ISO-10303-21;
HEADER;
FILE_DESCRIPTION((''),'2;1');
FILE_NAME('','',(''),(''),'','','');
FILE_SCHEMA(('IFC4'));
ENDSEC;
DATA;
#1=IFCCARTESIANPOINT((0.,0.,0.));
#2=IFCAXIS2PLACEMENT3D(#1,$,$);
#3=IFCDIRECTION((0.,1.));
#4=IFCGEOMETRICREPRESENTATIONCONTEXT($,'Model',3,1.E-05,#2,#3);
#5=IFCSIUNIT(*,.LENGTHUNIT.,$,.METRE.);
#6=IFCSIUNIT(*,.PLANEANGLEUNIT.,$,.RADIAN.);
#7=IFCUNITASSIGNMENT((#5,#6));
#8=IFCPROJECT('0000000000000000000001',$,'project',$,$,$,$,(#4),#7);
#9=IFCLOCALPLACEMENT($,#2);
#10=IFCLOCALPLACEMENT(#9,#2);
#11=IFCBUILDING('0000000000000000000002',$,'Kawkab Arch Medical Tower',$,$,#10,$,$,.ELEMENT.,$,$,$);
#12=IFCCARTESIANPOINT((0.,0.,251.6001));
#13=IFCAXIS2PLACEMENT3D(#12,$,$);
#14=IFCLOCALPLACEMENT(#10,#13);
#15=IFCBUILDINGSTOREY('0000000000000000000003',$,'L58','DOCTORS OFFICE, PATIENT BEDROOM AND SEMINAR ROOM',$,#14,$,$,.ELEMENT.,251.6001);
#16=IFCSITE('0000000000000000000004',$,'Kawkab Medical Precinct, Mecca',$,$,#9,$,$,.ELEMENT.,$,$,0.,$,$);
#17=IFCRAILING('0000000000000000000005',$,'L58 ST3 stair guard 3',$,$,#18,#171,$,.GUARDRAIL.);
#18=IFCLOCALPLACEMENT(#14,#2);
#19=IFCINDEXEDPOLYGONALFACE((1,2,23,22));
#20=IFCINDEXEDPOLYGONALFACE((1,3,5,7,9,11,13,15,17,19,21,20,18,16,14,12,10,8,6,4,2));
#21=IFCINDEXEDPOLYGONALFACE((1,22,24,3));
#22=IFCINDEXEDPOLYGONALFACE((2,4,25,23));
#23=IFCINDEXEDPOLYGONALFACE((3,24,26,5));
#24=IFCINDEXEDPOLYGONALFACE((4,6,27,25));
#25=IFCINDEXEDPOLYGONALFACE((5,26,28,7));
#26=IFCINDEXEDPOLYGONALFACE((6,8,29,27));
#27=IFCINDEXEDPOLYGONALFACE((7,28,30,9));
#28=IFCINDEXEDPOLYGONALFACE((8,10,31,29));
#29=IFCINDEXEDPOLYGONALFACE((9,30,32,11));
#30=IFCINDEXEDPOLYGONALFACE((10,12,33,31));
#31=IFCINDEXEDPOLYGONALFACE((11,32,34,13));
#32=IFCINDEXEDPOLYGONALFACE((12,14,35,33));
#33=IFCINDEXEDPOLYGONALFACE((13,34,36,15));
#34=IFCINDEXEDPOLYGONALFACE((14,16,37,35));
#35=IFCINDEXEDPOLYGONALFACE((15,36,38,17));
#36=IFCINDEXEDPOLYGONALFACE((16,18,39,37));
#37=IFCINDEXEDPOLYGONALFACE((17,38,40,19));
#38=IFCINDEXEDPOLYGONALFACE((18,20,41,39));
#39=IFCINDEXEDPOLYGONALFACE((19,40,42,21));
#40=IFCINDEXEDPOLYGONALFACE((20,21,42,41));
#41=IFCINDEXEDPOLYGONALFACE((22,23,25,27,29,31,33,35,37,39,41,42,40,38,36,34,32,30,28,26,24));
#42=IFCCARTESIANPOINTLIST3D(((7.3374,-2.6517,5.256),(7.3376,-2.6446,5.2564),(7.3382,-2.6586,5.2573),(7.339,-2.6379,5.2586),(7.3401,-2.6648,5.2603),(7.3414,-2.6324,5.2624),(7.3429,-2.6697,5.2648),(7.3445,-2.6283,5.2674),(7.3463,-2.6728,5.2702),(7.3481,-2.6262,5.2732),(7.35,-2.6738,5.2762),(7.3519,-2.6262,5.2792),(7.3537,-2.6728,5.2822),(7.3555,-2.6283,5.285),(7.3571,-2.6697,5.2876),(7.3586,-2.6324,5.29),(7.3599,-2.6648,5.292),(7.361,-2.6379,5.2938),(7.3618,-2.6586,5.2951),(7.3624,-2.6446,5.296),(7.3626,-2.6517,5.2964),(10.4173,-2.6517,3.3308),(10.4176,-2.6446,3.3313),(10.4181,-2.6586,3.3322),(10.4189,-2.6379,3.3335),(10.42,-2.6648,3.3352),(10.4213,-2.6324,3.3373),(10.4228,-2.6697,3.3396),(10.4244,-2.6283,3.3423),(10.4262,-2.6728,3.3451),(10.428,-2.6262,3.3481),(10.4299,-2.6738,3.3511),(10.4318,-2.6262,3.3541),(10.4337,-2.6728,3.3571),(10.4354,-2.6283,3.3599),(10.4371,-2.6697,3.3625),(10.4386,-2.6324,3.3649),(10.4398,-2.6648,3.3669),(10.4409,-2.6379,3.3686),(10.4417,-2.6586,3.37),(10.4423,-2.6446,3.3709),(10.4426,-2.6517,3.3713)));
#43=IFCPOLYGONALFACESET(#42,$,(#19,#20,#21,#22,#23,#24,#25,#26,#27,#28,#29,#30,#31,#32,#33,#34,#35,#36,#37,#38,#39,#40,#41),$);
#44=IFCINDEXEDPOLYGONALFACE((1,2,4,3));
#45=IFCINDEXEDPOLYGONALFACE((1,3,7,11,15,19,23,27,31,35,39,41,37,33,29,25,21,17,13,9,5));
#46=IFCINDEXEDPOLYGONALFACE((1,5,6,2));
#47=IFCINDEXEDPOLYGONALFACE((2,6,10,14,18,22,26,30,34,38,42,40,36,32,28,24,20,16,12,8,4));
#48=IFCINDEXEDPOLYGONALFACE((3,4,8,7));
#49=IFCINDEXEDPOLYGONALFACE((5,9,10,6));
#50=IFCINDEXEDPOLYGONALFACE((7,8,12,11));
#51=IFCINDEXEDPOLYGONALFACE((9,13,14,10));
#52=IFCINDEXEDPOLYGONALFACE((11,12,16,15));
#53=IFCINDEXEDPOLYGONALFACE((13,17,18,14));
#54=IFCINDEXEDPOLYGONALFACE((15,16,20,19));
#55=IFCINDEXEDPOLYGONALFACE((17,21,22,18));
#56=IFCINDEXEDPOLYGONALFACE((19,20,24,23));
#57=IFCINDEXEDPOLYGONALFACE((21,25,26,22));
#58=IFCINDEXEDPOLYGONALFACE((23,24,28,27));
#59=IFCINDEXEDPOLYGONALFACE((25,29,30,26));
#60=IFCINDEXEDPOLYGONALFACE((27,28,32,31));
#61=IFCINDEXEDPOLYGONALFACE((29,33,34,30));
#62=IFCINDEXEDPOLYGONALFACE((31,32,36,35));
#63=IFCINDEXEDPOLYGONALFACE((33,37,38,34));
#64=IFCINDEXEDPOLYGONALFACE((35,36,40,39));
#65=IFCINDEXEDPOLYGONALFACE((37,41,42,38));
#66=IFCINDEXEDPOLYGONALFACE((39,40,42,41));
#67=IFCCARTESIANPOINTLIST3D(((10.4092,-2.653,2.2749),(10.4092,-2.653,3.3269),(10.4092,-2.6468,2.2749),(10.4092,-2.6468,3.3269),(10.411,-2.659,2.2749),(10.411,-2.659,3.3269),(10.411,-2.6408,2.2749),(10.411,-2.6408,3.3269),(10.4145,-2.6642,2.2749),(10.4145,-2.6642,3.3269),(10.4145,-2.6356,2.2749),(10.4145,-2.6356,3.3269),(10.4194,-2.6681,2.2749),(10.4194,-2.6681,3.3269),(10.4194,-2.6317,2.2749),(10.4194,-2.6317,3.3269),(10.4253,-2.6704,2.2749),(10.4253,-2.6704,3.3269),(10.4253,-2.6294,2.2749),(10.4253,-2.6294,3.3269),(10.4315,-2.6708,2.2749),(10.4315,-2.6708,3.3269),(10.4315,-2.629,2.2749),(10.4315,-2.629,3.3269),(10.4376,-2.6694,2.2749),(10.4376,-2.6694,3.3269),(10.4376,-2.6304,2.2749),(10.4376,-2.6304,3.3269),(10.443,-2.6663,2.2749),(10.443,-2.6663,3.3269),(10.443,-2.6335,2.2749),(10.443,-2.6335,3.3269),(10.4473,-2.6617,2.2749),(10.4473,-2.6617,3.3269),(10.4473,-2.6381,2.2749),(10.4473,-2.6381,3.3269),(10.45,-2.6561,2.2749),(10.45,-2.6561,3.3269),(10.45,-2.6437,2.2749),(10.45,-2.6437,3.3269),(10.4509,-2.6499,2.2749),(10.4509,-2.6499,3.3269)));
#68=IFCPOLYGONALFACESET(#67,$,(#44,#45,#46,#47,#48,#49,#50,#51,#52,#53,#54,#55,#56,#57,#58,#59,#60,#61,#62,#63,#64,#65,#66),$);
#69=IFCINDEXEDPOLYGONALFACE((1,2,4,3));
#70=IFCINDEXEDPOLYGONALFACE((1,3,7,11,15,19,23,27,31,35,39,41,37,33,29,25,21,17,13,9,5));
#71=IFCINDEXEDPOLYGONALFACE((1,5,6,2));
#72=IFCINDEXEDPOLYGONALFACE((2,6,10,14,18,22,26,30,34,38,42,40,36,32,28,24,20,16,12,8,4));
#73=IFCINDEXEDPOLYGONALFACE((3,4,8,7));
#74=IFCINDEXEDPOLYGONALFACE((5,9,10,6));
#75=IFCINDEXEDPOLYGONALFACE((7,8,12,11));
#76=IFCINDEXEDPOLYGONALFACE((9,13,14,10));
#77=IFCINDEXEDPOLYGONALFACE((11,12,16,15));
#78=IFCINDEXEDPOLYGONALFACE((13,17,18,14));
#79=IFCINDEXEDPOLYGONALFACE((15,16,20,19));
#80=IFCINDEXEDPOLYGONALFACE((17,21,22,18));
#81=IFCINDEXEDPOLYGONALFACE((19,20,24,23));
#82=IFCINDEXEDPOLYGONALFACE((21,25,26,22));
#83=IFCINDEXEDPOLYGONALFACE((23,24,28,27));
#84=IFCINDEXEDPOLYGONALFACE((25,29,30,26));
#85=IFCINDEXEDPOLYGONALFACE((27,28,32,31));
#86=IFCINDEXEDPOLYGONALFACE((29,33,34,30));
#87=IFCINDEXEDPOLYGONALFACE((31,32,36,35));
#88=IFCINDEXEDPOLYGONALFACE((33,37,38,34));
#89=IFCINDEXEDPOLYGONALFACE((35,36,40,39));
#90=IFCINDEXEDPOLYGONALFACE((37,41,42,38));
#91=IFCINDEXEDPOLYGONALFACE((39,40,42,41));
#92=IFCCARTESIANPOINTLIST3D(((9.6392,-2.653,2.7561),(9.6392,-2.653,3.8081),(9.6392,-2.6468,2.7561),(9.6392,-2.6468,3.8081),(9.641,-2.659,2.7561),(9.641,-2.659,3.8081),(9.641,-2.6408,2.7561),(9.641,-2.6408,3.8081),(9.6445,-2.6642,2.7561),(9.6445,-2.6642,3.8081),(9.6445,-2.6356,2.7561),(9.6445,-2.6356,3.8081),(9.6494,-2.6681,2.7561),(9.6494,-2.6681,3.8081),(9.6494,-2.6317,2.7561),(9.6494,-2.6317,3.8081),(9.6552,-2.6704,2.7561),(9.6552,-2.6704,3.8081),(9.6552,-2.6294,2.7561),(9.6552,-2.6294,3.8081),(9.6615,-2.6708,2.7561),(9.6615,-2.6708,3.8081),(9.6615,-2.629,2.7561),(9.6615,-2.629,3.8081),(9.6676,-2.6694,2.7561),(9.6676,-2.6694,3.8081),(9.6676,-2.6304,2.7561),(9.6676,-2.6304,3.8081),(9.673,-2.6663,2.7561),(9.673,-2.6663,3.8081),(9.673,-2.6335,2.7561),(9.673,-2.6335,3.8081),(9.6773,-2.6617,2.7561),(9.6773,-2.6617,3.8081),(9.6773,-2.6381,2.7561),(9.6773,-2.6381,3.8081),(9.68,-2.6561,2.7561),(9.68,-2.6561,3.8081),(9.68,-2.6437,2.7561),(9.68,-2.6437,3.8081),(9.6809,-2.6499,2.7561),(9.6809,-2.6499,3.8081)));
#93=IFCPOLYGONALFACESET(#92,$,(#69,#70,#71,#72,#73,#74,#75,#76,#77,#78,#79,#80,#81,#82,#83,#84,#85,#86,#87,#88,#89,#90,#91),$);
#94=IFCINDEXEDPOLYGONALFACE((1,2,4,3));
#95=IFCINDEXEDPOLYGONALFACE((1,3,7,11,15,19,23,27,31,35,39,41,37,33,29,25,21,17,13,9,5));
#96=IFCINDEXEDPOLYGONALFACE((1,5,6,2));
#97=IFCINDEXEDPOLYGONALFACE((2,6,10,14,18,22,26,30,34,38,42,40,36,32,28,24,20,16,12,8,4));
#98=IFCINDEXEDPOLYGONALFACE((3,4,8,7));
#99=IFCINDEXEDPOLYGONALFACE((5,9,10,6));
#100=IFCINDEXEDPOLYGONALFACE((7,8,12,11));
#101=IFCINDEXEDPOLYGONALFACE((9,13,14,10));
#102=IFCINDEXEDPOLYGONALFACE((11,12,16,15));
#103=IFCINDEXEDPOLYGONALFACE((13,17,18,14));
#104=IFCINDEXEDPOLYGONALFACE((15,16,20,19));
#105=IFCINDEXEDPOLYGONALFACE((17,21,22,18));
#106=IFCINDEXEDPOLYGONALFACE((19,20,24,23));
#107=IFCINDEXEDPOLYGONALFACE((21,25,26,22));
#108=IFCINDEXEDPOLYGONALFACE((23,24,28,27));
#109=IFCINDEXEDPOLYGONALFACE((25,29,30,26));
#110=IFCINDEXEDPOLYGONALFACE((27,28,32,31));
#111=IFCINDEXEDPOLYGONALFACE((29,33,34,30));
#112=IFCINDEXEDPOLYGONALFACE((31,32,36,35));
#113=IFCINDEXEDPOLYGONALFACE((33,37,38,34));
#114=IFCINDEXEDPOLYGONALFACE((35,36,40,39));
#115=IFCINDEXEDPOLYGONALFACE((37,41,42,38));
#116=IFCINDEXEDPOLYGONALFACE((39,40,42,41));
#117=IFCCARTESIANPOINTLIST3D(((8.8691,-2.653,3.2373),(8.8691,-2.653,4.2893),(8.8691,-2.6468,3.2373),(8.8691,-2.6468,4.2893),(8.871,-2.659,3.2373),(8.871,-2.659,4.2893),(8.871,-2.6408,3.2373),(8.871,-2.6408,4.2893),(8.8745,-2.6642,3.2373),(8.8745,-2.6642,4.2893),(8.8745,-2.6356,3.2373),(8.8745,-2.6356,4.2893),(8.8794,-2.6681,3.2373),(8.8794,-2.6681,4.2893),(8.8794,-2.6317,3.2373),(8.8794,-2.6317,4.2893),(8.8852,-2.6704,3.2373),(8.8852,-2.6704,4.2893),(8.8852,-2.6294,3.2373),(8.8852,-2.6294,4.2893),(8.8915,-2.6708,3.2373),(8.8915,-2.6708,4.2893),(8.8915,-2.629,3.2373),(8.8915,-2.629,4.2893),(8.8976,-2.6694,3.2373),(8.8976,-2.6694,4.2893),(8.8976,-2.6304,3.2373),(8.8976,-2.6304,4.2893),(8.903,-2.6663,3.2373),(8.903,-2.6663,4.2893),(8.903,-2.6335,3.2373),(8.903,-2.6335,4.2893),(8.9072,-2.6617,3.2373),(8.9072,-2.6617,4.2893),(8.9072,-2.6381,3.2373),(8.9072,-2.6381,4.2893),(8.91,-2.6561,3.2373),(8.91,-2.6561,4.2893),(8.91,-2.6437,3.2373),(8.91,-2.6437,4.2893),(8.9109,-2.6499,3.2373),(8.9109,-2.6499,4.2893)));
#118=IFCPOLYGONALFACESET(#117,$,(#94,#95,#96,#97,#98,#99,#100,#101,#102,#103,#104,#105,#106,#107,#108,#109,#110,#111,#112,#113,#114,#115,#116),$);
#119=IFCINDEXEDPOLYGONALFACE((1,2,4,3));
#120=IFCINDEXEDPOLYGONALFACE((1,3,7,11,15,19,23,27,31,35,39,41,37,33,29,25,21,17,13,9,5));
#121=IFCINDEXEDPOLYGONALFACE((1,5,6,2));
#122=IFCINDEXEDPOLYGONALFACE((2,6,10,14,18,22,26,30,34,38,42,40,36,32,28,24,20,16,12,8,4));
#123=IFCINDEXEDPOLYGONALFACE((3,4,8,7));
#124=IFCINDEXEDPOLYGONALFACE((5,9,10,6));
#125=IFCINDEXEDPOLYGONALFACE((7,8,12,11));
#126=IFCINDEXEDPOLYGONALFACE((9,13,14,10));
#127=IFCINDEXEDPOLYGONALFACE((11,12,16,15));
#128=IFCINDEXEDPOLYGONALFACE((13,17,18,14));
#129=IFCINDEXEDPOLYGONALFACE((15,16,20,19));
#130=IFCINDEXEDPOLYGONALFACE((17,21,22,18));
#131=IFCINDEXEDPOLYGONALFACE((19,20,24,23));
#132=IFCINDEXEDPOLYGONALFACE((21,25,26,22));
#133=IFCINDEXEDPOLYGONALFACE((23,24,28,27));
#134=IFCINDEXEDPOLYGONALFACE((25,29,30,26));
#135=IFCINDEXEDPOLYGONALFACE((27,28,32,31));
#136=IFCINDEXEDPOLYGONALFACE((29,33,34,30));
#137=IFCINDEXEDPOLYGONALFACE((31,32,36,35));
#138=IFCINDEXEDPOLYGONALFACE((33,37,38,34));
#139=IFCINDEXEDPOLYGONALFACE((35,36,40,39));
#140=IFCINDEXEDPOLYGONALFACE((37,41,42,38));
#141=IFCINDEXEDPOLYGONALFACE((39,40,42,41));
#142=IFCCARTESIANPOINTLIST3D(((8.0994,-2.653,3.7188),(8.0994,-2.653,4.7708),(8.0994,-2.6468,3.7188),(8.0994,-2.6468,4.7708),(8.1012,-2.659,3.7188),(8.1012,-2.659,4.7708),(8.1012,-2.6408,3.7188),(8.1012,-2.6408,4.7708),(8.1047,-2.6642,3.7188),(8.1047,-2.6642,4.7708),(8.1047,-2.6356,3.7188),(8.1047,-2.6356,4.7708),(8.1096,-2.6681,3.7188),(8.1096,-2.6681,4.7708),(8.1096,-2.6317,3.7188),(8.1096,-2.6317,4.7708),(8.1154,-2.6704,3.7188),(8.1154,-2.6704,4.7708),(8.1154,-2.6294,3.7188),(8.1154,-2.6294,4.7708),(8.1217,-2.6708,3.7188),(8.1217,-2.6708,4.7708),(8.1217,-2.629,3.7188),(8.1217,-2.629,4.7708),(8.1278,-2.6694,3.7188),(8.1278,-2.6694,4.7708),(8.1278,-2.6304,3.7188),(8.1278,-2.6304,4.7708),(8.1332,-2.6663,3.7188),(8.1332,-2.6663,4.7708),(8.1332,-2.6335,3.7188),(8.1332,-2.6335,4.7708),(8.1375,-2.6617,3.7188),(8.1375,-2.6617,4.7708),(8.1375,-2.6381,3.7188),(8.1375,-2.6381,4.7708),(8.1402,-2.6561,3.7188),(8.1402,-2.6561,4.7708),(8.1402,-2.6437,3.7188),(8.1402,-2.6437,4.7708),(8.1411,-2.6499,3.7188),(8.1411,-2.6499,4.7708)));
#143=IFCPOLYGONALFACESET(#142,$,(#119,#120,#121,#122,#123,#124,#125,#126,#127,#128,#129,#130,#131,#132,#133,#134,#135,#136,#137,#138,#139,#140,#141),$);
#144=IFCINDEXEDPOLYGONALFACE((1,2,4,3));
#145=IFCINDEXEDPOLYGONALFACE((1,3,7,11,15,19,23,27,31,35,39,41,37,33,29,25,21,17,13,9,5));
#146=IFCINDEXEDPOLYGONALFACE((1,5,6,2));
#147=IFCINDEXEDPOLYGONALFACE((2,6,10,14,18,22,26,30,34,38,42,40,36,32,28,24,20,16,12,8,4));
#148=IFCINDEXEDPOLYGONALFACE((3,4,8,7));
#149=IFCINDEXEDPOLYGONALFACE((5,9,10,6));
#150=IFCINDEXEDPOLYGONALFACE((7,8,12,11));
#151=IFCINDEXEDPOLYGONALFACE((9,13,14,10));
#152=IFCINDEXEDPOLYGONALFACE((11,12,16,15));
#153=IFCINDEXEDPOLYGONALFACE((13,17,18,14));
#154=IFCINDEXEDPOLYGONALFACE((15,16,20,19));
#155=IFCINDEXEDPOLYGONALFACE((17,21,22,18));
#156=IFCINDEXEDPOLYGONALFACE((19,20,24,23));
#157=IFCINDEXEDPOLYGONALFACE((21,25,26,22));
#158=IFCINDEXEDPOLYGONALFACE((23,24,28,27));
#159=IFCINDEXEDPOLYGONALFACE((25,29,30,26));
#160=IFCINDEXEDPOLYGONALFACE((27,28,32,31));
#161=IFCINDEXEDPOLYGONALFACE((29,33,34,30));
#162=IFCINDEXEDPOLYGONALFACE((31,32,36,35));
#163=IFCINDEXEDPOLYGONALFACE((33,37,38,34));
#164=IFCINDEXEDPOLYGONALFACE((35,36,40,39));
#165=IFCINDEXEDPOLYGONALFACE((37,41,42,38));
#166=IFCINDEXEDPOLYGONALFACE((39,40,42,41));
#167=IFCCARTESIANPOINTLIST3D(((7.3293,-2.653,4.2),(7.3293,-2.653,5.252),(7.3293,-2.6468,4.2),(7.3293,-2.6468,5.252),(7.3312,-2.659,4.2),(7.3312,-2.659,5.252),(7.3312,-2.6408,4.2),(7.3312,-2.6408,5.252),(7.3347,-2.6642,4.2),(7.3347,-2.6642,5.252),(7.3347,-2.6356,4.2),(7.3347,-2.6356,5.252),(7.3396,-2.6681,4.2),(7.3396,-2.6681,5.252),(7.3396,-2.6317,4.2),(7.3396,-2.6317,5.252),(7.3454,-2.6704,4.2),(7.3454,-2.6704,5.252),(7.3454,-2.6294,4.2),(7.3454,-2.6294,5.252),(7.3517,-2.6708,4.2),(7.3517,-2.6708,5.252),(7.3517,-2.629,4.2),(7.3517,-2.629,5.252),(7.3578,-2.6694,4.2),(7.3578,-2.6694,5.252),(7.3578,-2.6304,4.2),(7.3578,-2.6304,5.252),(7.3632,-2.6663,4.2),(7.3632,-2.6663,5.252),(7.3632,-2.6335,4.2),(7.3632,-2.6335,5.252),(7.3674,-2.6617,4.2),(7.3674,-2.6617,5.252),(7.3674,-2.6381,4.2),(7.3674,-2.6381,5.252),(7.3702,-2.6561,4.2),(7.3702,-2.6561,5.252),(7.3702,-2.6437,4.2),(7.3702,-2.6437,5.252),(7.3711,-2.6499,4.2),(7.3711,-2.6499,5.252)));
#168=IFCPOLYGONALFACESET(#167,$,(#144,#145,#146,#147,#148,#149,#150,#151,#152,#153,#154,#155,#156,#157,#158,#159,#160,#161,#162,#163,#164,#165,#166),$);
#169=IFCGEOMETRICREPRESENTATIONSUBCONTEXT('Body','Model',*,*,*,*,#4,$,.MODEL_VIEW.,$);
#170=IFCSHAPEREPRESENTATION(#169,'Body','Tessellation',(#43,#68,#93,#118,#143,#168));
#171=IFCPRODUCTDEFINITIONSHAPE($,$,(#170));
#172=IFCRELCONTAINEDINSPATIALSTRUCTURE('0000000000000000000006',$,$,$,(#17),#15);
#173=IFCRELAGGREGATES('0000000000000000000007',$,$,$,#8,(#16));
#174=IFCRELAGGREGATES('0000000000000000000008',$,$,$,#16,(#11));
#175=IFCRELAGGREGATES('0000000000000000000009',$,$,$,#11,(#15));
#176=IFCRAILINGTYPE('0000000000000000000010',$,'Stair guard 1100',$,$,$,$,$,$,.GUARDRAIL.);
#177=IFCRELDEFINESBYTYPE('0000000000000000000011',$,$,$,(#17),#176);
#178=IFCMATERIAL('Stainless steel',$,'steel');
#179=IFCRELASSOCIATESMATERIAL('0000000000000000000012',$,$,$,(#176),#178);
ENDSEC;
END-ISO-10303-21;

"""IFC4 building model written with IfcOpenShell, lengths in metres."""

from ifc_helpers import new_model, si_unit, direction, frame, origin, origin_2d, place, context, subcontext, project, spatial, circle, extrude, material, type_object, element, save


model = new_model("IFC4")

# Units and contexts
model_context = context("Model", 3, precision=1e-05, world=origin(), true_north=direction((0.0, 1.0)))
body_context = subcontext(model_context, "Body", "Model", "MODEL_VIEW")
ifc_project = project(units=[si_unit("LENGTHUNIT", "METRE"), si_unit("PLANEANGLEUNIT", "RADIAN")], contexts=[model_context])

# Site, building, storey
site_placement = place(None, origin())
site = spatial("IfcSite", under=ifc_project, at=site_placement, Name="Kawkab Medical Precinct, Mecca", CompositionType="ELEMENT", RefElevation=0.0)
building_placement = place(site_placement, origin())
building = spatial("IfcBuilding", under=site, at=building_placement, Name="Kawkab Arch Medical Tower", CompositionType="ELEMENT")
storey_placement = place(building_placement, frame((0.0, 0.0, 251.6001)))
storey = spatial("IfcBuildingStorey", under=building, at=storey_placement, Name="L58", Description="DOCTORS OFFICE, PATIENT BEDROOM AND SEMINAR ROOM", CompositionType="ELEMENT", Elevation=251.6001)

# Railing
ifc_material_1 = material(Name="Stainless steel", Category="steel")
railing_type_1 = type_object("IfcRailingType", Name="Stair guard 1100", PredefinedType="GUARDRAIL", material=ifc_material_1)
railing_1_placement = place(storey_placement, frame((10.4299, -2.6499, 2.2749)))
element("IfcRailing", 1, at=railing_1_placement, inside=storey, type_object=railing_type_1, Name="L58 ST3 stair guard 3", PredefinedType="GUARDRAIL", context=body_context, shape_type="SweptSolid", body=[
    extrude(circle(Radius=0.0239, at=origin_2d()), frame((0.0, 0.0, 1.0762), z_axis=(-0.847979, 0.0, 0.530029), x_axis=(0.0, -1.0, 0.0)), (0.0, 0.0, 1.0), 3.6321),
    extrude(circle(Radius=0.021, at=origin_2d()), origin(), (0.0, 0.0, 1.0), 1.052),
    extrude(circle(Radius=0.021, at=origin_2d()), frame((-0.77, 0.0, 0.4812)), (0.0, 0.0, 1.0), 1.052),
    extrude(circle(Radius=0.021, at=origin_2d()), frame((-1.54, 0.0, 0.9624)), (0.0, 0.0, 1.0), 1.052),
    extrude(circle(Radius=0.021, at=origin_2d()), frame((-2.3098, 0.0, 1.4438)), (0.0, 0.0, 1.0), 1.052),
    extrude(circle(Radius=0.021, at=origin_2d()), frame((-3.0798, 0.0, 1.925)), (0.0, 0.0, 1.0), 1.052),
])

save(model, "model.ifc")
